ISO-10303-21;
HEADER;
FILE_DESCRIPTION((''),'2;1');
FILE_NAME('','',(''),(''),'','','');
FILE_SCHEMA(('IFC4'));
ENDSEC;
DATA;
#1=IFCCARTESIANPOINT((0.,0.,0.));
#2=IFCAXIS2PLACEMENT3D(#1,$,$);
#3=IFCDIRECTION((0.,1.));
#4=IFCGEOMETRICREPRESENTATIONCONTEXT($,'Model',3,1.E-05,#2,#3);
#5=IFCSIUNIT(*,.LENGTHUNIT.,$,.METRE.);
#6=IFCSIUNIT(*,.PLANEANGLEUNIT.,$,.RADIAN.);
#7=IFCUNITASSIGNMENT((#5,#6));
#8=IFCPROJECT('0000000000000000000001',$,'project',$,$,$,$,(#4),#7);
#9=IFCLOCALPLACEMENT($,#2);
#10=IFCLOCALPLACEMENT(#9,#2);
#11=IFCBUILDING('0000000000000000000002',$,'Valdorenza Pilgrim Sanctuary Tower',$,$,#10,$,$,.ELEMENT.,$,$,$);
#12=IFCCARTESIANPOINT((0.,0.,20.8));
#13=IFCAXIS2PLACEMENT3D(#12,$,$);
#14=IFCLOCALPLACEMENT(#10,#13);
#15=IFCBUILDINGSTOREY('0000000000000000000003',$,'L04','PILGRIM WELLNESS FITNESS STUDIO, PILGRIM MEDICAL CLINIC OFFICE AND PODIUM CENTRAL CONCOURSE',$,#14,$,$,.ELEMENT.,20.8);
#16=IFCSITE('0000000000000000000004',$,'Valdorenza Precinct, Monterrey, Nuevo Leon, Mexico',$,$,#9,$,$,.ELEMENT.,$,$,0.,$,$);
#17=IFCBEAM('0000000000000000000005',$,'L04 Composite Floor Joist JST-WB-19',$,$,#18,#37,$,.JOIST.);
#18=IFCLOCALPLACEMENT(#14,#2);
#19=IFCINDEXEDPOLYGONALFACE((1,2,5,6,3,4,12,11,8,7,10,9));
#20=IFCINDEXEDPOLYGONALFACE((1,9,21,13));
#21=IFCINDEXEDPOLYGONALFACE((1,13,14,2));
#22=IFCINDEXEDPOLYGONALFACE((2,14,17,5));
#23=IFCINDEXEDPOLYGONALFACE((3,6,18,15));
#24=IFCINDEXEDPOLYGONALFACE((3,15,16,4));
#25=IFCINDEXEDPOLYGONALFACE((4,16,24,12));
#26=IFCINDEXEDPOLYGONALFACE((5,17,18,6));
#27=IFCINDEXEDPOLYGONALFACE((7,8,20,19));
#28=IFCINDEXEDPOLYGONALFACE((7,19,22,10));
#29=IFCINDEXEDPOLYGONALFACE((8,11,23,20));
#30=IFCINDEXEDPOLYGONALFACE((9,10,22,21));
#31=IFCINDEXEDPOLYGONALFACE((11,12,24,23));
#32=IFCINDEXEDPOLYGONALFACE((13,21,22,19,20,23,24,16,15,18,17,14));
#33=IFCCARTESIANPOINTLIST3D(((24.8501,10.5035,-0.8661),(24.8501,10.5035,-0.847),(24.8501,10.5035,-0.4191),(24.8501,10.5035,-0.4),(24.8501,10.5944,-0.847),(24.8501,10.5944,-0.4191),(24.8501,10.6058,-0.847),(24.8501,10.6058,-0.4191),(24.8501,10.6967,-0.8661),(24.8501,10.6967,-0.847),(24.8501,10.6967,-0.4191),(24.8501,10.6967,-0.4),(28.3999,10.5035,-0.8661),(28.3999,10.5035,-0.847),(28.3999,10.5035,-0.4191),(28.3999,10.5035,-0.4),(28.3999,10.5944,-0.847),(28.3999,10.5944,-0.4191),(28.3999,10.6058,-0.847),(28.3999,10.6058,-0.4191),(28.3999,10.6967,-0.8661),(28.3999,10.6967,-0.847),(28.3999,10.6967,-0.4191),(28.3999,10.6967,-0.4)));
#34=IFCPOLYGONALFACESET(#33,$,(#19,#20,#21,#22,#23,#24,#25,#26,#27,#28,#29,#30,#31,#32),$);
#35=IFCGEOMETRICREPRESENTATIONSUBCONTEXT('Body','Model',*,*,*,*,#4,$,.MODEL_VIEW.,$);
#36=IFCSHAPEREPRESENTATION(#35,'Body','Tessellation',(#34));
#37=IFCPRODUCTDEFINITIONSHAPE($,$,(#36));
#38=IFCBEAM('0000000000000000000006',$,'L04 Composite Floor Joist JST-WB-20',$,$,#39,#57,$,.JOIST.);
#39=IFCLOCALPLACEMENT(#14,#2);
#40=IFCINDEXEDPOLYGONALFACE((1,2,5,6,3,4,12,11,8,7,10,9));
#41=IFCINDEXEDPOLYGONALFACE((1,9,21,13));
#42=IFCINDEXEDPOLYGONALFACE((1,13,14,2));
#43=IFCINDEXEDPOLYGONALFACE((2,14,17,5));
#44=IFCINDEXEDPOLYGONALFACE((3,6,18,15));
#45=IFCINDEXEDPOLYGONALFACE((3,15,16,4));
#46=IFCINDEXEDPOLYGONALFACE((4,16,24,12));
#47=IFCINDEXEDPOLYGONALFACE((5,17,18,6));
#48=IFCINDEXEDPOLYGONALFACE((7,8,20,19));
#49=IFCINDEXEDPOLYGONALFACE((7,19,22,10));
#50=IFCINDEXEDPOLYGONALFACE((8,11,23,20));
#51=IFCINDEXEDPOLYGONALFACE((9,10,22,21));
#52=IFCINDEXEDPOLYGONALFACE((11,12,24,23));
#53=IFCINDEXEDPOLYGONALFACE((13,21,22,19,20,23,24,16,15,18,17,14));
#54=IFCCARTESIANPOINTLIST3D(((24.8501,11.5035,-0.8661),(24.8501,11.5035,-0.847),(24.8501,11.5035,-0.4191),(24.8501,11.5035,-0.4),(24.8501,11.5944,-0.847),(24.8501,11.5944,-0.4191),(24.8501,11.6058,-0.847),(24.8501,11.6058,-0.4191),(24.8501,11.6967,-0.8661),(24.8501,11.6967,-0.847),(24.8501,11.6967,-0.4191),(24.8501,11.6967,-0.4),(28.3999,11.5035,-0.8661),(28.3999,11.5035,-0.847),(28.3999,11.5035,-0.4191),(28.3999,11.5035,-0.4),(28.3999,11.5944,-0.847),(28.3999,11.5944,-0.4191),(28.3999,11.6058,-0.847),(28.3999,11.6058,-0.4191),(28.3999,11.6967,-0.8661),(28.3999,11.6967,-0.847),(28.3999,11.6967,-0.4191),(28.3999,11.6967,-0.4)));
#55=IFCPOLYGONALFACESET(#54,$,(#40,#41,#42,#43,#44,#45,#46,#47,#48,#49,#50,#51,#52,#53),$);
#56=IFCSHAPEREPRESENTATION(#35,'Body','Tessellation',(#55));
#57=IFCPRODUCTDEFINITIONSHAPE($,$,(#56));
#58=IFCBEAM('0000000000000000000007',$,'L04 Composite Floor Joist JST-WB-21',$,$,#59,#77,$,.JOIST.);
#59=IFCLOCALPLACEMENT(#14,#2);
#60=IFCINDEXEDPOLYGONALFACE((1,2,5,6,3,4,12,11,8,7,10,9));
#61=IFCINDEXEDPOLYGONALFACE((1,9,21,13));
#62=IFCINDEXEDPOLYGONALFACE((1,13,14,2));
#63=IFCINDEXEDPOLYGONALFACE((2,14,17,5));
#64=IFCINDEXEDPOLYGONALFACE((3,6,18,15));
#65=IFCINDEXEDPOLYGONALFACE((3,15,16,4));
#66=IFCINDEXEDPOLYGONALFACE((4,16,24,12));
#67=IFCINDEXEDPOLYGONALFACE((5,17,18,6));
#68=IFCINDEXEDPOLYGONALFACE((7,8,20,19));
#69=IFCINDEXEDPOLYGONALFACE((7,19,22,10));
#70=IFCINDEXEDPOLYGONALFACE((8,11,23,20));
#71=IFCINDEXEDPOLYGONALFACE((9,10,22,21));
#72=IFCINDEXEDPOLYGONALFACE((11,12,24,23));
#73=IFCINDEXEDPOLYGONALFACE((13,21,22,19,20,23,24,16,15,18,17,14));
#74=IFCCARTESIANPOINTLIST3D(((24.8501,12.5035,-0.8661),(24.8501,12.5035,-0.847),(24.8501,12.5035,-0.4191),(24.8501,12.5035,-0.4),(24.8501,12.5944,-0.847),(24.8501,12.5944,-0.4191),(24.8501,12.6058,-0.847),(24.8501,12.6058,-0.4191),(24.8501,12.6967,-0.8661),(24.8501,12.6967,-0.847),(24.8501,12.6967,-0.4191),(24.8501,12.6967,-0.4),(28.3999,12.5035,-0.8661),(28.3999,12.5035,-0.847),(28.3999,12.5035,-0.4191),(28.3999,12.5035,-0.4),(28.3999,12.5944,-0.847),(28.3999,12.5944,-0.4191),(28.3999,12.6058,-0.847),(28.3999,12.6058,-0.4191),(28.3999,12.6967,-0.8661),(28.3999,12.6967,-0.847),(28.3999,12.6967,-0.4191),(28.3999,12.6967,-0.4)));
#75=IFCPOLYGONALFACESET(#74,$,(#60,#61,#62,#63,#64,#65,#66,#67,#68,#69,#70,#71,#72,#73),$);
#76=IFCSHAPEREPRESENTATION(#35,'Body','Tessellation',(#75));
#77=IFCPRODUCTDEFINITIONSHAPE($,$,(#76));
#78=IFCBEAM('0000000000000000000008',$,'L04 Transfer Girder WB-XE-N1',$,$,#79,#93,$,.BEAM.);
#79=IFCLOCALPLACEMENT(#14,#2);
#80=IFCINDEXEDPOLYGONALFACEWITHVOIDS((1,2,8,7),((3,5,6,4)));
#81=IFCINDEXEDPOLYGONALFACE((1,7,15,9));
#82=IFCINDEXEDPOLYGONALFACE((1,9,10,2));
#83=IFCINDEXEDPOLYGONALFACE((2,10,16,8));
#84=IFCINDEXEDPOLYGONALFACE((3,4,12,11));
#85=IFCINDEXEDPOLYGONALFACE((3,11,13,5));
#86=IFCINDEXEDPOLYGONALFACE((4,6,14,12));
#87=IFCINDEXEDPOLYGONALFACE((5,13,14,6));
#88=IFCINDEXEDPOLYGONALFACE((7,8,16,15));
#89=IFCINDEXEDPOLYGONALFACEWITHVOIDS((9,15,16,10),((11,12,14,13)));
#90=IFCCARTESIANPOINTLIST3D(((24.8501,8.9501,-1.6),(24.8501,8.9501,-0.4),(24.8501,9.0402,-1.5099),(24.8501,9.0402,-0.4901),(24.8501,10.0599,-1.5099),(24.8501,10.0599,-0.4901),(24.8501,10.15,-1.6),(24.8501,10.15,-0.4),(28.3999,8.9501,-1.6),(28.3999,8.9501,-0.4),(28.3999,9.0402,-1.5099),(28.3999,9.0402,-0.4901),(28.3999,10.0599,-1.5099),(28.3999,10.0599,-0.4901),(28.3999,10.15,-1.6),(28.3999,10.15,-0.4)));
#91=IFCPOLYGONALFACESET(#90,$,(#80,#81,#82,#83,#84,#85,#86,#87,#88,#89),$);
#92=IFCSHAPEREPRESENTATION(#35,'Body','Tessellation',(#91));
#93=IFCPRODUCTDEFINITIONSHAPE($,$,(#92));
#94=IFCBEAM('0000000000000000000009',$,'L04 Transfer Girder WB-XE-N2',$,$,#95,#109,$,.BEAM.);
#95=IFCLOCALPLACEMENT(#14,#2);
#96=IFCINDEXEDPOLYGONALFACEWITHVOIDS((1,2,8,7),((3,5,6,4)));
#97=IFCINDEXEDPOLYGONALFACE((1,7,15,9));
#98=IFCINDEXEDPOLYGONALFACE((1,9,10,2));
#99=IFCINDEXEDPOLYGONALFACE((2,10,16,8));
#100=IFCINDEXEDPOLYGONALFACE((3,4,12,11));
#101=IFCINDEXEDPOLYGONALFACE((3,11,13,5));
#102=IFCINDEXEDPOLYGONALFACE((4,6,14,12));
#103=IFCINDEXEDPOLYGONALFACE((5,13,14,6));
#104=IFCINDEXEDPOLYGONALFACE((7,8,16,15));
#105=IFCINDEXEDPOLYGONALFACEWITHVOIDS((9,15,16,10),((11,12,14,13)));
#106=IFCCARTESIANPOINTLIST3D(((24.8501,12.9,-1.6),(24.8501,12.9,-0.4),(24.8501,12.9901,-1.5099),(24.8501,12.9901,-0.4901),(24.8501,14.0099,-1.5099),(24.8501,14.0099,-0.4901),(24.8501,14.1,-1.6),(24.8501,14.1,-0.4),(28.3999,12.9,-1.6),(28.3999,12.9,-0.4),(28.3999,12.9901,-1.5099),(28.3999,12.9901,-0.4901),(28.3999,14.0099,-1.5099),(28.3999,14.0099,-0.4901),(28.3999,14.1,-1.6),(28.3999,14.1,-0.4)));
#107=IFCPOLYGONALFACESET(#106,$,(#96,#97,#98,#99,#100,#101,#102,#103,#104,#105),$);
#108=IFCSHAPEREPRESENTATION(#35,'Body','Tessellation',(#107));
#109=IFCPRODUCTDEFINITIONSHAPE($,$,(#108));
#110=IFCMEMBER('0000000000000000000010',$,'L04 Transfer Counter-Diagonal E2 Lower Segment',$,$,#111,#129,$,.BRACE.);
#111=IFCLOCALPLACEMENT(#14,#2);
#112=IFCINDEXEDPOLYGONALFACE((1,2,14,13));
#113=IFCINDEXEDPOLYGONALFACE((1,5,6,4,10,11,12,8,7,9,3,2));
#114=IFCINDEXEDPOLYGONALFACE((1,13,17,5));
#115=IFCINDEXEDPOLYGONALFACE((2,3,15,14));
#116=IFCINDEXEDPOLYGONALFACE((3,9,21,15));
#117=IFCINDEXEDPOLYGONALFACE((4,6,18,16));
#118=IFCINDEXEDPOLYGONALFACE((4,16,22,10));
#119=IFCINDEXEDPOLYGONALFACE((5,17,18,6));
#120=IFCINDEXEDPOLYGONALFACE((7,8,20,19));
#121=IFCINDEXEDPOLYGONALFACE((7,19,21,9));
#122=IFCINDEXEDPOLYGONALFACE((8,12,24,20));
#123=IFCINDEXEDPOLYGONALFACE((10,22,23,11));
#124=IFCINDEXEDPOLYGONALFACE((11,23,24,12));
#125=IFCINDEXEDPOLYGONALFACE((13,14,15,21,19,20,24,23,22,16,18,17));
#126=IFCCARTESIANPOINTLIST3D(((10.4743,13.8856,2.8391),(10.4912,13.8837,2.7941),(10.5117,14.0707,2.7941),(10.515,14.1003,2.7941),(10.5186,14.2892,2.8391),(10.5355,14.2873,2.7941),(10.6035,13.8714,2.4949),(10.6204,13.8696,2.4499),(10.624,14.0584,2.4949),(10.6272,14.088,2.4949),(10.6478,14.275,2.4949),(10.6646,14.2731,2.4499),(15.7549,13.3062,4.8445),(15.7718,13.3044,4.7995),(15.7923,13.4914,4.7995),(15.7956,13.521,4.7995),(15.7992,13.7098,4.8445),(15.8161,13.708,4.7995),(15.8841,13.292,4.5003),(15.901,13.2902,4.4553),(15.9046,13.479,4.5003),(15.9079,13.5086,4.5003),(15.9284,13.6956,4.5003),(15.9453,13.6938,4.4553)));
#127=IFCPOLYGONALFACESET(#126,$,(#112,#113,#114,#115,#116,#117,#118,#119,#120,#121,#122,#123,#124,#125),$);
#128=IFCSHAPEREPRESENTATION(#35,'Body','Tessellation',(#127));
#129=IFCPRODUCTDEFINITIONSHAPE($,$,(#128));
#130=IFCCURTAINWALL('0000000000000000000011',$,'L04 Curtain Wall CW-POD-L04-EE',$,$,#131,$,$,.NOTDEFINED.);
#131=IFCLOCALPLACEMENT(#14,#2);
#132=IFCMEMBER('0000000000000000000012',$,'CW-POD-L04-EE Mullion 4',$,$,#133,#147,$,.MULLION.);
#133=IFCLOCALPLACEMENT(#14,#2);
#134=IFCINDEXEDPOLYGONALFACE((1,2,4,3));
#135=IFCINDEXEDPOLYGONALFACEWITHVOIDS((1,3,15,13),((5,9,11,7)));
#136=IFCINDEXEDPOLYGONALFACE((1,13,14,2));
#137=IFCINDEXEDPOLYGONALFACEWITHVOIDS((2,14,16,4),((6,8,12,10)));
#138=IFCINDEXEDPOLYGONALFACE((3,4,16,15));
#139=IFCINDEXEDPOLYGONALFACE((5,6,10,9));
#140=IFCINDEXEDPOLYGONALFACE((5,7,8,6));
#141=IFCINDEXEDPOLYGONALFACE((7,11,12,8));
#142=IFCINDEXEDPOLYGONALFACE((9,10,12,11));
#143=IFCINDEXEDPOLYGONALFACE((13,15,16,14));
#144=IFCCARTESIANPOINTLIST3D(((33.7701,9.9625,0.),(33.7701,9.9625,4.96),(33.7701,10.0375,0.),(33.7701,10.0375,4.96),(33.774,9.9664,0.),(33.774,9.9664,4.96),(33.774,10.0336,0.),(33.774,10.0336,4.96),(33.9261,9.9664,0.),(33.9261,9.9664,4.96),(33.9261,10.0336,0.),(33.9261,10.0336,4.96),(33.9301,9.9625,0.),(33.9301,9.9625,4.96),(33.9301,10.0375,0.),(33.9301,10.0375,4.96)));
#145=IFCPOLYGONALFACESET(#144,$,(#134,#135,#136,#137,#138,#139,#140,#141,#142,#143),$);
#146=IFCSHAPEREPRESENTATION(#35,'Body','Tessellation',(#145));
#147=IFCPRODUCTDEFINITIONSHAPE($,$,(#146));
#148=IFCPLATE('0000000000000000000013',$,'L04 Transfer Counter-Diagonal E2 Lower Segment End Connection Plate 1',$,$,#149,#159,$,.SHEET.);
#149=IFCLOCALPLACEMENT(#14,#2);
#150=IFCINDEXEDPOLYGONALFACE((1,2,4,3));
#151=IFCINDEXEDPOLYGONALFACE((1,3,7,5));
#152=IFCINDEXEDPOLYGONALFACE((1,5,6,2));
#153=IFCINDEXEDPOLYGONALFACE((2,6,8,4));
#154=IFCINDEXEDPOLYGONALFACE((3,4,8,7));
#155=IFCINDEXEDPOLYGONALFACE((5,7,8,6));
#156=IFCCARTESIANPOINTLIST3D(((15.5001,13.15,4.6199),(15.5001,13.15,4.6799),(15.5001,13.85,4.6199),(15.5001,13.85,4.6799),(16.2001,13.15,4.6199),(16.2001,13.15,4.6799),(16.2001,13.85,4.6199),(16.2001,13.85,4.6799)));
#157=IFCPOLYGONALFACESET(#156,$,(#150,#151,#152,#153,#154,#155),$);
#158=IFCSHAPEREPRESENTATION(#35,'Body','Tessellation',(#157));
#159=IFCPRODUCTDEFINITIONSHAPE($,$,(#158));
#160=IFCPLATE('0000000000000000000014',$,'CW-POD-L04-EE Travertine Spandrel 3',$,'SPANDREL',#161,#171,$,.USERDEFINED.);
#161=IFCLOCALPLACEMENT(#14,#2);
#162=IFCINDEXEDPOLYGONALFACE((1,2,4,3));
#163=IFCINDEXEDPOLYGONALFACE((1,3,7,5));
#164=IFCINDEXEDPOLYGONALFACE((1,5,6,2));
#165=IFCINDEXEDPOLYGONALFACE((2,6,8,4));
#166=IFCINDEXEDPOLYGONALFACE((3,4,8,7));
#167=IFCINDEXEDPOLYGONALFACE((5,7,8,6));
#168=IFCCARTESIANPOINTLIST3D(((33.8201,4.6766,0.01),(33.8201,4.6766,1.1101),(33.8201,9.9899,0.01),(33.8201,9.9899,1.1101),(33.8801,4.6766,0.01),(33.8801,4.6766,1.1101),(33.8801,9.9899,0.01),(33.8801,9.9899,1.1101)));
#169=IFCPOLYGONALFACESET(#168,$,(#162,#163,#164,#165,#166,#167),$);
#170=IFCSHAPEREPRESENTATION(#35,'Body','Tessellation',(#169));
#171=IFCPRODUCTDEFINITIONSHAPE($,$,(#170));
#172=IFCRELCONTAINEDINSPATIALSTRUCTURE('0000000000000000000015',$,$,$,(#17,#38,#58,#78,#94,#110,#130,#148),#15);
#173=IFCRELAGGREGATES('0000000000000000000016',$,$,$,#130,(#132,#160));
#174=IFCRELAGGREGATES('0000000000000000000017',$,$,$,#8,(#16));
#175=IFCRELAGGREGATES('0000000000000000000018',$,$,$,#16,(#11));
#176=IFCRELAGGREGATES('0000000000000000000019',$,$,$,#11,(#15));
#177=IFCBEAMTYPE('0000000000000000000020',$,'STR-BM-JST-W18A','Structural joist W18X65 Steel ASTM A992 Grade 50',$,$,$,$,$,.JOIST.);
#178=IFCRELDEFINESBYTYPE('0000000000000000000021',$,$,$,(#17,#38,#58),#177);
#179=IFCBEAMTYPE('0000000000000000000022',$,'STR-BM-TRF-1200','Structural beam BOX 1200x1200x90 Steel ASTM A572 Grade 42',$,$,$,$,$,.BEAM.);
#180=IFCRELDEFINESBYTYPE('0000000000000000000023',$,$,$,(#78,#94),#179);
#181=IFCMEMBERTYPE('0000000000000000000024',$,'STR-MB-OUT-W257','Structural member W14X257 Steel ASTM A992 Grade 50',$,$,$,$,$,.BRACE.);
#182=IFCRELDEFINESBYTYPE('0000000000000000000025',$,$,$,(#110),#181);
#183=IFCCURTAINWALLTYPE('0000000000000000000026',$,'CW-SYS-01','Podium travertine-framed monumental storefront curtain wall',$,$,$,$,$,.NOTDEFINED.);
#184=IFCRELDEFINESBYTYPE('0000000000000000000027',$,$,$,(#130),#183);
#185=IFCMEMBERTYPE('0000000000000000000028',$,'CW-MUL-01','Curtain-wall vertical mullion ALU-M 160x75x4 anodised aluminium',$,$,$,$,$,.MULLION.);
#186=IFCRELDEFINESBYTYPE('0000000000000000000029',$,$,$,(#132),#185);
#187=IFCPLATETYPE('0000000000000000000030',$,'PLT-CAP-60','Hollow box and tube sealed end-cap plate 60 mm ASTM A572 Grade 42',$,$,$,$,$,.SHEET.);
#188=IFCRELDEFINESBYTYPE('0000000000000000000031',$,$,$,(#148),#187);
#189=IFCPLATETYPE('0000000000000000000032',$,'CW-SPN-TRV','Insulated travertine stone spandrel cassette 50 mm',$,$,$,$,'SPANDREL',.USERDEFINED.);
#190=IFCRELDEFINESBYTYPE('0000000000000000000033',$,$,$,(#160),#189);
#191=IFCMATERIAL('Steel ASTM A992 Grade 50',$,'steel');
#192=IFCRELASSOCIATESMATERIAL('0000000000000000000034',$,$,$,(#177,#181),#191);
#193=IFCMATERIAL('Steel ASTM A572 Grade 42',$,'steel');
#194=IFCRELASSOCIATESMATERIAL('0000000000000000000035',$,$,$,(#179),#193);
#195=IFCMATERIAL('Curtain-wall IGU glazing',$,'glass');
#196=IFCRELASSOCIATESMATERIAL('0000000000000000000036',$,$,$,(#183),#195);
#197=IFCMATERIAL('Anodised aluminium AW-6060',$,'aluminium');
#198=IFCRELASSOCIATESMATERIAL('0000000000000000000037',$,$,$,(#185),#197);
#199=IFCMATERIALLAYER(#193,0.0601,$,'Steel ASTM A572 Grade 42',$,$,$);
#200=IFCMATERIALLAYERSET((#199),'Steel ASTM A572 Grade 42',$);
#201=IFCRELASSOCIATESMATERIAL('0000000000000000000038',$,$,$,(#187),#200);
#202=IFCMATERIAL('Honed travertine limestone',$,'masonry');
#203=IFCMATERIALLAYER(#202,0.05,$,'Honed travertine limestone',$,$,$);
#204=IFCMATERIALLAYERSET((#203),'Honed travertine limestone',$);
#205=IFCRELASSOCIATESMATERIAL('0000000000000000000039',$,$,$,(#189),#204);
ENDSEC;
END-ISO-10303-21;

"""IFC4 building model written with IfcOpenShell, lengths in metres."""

from ifc_helpers import new_model, si_unit, direction, frame, origin, origin_2d, place, context, subcontext, project, spatial, rectangle, hollow_rectangle, i_section, extrude, source, transform, mapped, material, layer, layer_set, material_profile, profile_set, type_object, element, aggregate, save


model = new_model("IFC4")

# Units and contexts
model_context = context("Model", 3, precision=1e-05, world=origin(), true_north=direction((0.0, 1.0)))
body_context = subcontext(model_context, "Body", "Model", "MODEL_VIEW")
ifc_project = project(units=[si_unit("LENGTHUNIT", "METRE"), si_unit("PLANEANGLEUNIT", "RADIAN")], contexts=[model_context])

# Site, building, storey
site_placement = place(None, origin())
site = spatial("IfcSite", under=ifc_project, at=site_placement, Name="Valdorenza Precinct, Monterrey, Nuevo Leon, Mexico", CompositionType="ELEMENT", RefElevation=0.0)
building_placement = place(site_placement, origin())
building = spatial("IfcBuilding", under=site, at=building_placement, Name="Valdorenza Pilgrim Sanctuary Tower", CompositionType="ELEMENT")
storey_placement = place(building_placement, frame((0.0, 0.0, 20.8)))
storey = spatial("IfcBuildingStorey", under=building, at=storey_placement, Name="L04", Description="PILGRIM WELLNESS FITNESS STUDIO, PILGRIM MEDICAL CLINIC OFFICE AND PODIUM CENTRAL CONCOURSE", CompositionType="ELEMENT", Elevation=20.8)

# Beams
ifc_material_1 = material(Name="Steel ASTM A992 Grade 50", Category="steel")
ifc_material_profile_1 = material_profile(ifc_material_1, i_section(OverallWidth=0.1931, OverallDepth=0.4661, WebThickness=0.0115, FlangeThickness=0.019, at=origin_2d()), Name="W18X65")
ifc_profile_set_1 = profile_set([ifc_material_profile_1], Name="Steel ASTM A992 Grade 50")
beam_type_1 = type_object("IfcBeamType", Name="STR-BM-JST-W18A", Description="Structural joist W18X65 Steel ASTM A992 Grade 50", PredefinedType="JOIST", material=ifc_profile_set_1)
shared_shape_1 = source(origin(), body_context, "Body", "SweptSolid", [
    extrude(i_section(OverallWidth=0.1931, OverallDepth=0.4661, WebThickness=0.0115, FlangeThickness=0.019, at=origin_2d()), origin(), (0.0, 0.0, 1.0), 3.5498),
])
for number, where, z_axis, x_axis, name in (
    (1, (24.8501, 10.6001, -0.6331), (1.0, 0.0, 0.0), (0.0, 1.0, 0.0), "L04 Composite Floor Joist JST-WB-19"),
    (2, (24.8501, 11.6001, -0.6331), (1.0, 0.0, 0.0), (0.0, 1.0, 0.0), "L04 Composite Floor Joist JST-WB-20"),
    (3, (24.8501, 12.6001, -0.6331), (1.0, 0.0, 0.0), (0.0, 1.0, 0.0), "L04 Composite Floor Joist JST-WB-21"),
):
    element("IfcBeam", number, at=place(storey_placement, frame(where, z_axis=z_axis, x_axis=x_axis)), inside=storey, type_object=beam_type_1, Name=name, PredefinedType="JOIST", context=body_context, shape_type="MappedRepresentation", body=[
        mapped(shared_shape_1, transform((0.0, 0.0, 0.0), x_axis=(1.0, 0.0, 0.0), y_axis=(0.0, 1.0, 0.0), z_axis=(0.0, 0.0, 1.0), scale=1.0)),
    ])
ifc_material_2 = material(Name="Steel ASTM A572 Grade 42", Category="steel")
ifc_material_profile_2 = material_profile(ifc_material_2, hollow_rectangle(XDim=1.2, YDim=1.2, WallThickness=0.0901, at=origin_2d()), Name="BOX 1200x1200x90")
ifc_profile_set_2 = profile_set([ifc_material_profile_2], Name="Steel ASTM A572 Grade 42")
beam_type_2 = type_object("IfcBeamType", Name="STR-BM-TRF-1200", Description="Structural beam BOX 1200x1200x90 Steel ASTM A572 Grade 42", PredefinedType="BEAM", material=ifc_profile_set_2)
shared_shape_2 = source(origin(), body_context, "Body", "SweptSolid", [
    extrude(hollow_rectangle(XDim=1.2, YDim=1.2, WallThickness=0.0901, at=origin_2d()), origin(), (0.0, 0.0, 1.0), 3.5498),
])
for number, where, z_axis, x_axis, name in (
    (4, (24.8501, 9.55, -1.0), (1.0, 0.0, 0.0), (0.0, 1.0, 0.0), "L04 Transfer Girder WB-XE-N1"),
    (5, (24.8501, 13.5, -1.0), (1.0, 0.0, 0.0), (0.0, 1.0, 0.0), "L04 Transfer Girder WB-XE-N2"),
):
    element("IfcBeam", number, at=place(storey_placement, frame(where, z_axis=z_axis, x_axis=x_axis)), inside=storey, type_object=beam_type_2, Name=name, PredefinedType="BEAM", context=body_context, shape_type="MappedRepresentation", body=[
        mapped(shared_shape_2, transform((0.0, 0.0, 0.0), x_axis=(1.0, 0.0, 0.0), y_axis=(0.0, 1.0, 0.0), z_axis=(0.0, 0.0, 1.0), scale=1.0)),
    ])

# Member
ifc_material_profile_3 = material_profile(ifc_material_1, i_section(OverallWidth=0.406, OverallDepth=0.416, WebThickness=0.0298, FlangeThickness=0.0481, at=origin_2d()), Name="W14X257")
ifc_profile_set_3 = profile_set([ifc_material_profile_3], Name="Steel ASTM A992 Grade 50")
member_type_1 = type_object("IfcMemberType", Name="STR-MB-OUT-W257", Description="Structural member W14X257 Steel ASTM A992 Grade 50", PredefinedType="BRACE", material=ifc_profile_set_3)
shared_shape_3 = source(origin(), body_context, "Body", "SweptSolid", [
    extrude(i_section(OverallWidth=0.406, OverallDepth=0.416, WebThickness=0.0298, FlangeThickness=0.0481, at=origin_2d()), origin(), (0.0, 0.0, 1.0), 5.6782),
])
member_1_placement = place(storey_placement, frame((15.8501, 13.5, 4.6499), z_axis=(-0.929977, 0.102031, -0.353175), x_axis=(-0.109059, -0.994035, 0.0)))
element("IfcMember", 6, at=member_1_placement, inside=storey, type_object=member_type_1, Name="L04 Transfer Counter-Diagonal E2 Lower Segment", PredefinedType="BRACE", context=body_context, shape_type="MappedRepresentation", body=[
    mapped(shared_shape_3, transform((0.0, 0.0, 0.0), x_axis=(1.0, 0.0, 0.0), y_axis=(0.0, 1.0, 0.0), z_axis=(0.0, 0.0, 1.0), scale=1.0)),
])

# Curtain wall, member
ifc_material_3 = material(Name="Curtain-wall IGU glazing", Category="glass")
curtain_wall_type = type_object("IfcCurtainWallType", Name="CW-SYS-01", Description="Podium travertine-framed monumental storefront curtain wall", PredefinedType="NOTDEFINED", material=ifc_material_3)
curtain_wall_placement = place(storey_placement, origin())
curtain_wall = element("IfcCurtainWall", 7, at=curtain_wall_placement, inside=storey, type_object=curtain_wall_type, Name="L04 Curtain Wall CW-POD-L04-EE", PredefinedType="NOTDEFINED")
ifc_material_4 = material(Name="Anodised aluminium AW-6060", Category="aluminium")
ifc_material_profile_4 = material_profile(ifc_material_4, hollow_rectangle(XDim=0.075, YDim=0.1599, WallThickness=0.0039, at=origin_2d()), Name="ALU-M 160x75x4")
ifc_profile_set_4 = profile_set([ifc_material_profile_4], Name="Anodised aluminium AW-6060")
member_type_2 = type_object("IfcMemberType", Name="CW-MUL-01", Description="Curtain-wall vertical mullion ALU-M 160x75x4 anodised aluminium", PredefinedType="MULLION", material=ifc_profile_set_4)
shared_shape_4 = source(origin(), body_context, "Body", "SweptSolid", [
    extrude(hollow_rectangle(XDim=0.075, YDim=0.1599, WallThickness=0.0039, at=origin_2d()), origin(), (0.0, 0.0, 1.0), 4.96),
])
member_2_placement = place(storey_placement, frame((33.8501, 10.0, 0.0), z_axis=(0.0, 0.0, 1.0), x_axis=(0.0, 1.0, 0.0)))
member_2 = element("IfcMember", 8, at=member_2_placement, type_object=member_type_2, Name="CW-POD-L04-EE Mullion 4", PredefinedType="MULLION", context=body_context, shape_type="MappedRepresentation", body=[
    mapped(shared_shape_4, transform((0.0, 0.0, 0.0), x_axis=(1.0, 0.0, 0.0), y_axis=(0.0, 1.0, 0.0), z_axis=(0.0, 0.0, 1.0), scale=1.0)),
])

# Plates
ifc_layer_1 = layer(ifc_material_2, 0.0601, Name="Steel ASTM A572 Grade 42")
ifc_layer_set_1 = layer_set([ifc_layer_1], Name="Steel ASTM A572 Grade 42")
plate_type_1 = type_object("IfcPlateType", Name="PLT-CAP-60", Description="Hollow box and tube sealed end-cap plate 60 mm ASTM A572 Grade 42", PredefinedType="SHEET", material=ifc_layer_set_1)
shared_shape_5 = source(origin(), body_context, "Body", "SweptSolid", [
    extrude(rectangle(XDim=0.7, YDim=0.7, at=origin_2d()), origin(), (0.0, 0.0, 1.0), 0.0601),
])
plate_1_placement = place(storey_placement, frame((15.8501, 13.5, 4.6199), z_axis=(0.0, 0.0, 1.0), x_axis=(1.0, 0.0, 0.0)))
element("IfcPlate", 9, at=plate_1_placement, inside=storey, type_object=plate_type_1, Name="L04 Transfer Counter-Diagonal E2 Lower Segment End Connection Plate 1", PredefinedType="SHEET", context=body_context, shape_type="MappedRepresentation", body=[
    mapped(shared_shape_5, transform((0.0, 0.0, 0.0), x_axis=(1.0, 0.0, 0.0), y_axis=(0.0, 1.0, 0.0), z_axis=(0.0, 0.0, 1.0), scale=1.0)),
])
ifc_material_5 = material(Name="Honed travertine limestone", Category="masonry")
ifc_layer_2 = layer(ifc_material_5, 0.05, Name="Honed travertine limestone")
ifc_layer_set_2 = layer_set([ifc_layer_2], Name="Honed travertine limestone")
plate_type_2 = type_object("IfcPlateType", Name="CW-SPN-TRV", Description="Insulated travertine stone spandrel cassette 50 mm", ElementType="SPANDREL", PredefinedType="USERDEFINED", material=ifc_layer_set_2)
shared_shape_6 = source(origin(), body_context, "Body", "SweptSolid", [
    extrude(rectangle(XDim=5.3132, YDim=0.0601, at=origin_2d()), origin(), (0.0, 0.0, 1.0), 1.1001),
])
plate_2_placement = place(storey_placement, frame((33.8501, 7.3333, 0.01), z_axis=(0.0, 0.0, 1.0), x_axis=(0.0, 1.0, 0.0)))
plate_2 = element("IfcPlate", 10, at=plate_2_placement, type_object=plate_type_2, Name="CW-POD-L04-EE Travertine Spandrel 3", ObjectType="SPANDREL", PredefinedType="USERDEFINED", context=body_context, shape_type="MappedRepresentation", body=[
    mapped(shared_shape_6, transform((0.0, 0.0, 0.0), x_axis=(1.0, 0.0, 0.0), y_axis=(0.0, 1.0, 0.0), z_axis=(0.0, 0.0, 1.0), scale=1.0)),
])
aggregate(curtain_wall, [member_2, plate_2])

save(model, "model.ifc")
